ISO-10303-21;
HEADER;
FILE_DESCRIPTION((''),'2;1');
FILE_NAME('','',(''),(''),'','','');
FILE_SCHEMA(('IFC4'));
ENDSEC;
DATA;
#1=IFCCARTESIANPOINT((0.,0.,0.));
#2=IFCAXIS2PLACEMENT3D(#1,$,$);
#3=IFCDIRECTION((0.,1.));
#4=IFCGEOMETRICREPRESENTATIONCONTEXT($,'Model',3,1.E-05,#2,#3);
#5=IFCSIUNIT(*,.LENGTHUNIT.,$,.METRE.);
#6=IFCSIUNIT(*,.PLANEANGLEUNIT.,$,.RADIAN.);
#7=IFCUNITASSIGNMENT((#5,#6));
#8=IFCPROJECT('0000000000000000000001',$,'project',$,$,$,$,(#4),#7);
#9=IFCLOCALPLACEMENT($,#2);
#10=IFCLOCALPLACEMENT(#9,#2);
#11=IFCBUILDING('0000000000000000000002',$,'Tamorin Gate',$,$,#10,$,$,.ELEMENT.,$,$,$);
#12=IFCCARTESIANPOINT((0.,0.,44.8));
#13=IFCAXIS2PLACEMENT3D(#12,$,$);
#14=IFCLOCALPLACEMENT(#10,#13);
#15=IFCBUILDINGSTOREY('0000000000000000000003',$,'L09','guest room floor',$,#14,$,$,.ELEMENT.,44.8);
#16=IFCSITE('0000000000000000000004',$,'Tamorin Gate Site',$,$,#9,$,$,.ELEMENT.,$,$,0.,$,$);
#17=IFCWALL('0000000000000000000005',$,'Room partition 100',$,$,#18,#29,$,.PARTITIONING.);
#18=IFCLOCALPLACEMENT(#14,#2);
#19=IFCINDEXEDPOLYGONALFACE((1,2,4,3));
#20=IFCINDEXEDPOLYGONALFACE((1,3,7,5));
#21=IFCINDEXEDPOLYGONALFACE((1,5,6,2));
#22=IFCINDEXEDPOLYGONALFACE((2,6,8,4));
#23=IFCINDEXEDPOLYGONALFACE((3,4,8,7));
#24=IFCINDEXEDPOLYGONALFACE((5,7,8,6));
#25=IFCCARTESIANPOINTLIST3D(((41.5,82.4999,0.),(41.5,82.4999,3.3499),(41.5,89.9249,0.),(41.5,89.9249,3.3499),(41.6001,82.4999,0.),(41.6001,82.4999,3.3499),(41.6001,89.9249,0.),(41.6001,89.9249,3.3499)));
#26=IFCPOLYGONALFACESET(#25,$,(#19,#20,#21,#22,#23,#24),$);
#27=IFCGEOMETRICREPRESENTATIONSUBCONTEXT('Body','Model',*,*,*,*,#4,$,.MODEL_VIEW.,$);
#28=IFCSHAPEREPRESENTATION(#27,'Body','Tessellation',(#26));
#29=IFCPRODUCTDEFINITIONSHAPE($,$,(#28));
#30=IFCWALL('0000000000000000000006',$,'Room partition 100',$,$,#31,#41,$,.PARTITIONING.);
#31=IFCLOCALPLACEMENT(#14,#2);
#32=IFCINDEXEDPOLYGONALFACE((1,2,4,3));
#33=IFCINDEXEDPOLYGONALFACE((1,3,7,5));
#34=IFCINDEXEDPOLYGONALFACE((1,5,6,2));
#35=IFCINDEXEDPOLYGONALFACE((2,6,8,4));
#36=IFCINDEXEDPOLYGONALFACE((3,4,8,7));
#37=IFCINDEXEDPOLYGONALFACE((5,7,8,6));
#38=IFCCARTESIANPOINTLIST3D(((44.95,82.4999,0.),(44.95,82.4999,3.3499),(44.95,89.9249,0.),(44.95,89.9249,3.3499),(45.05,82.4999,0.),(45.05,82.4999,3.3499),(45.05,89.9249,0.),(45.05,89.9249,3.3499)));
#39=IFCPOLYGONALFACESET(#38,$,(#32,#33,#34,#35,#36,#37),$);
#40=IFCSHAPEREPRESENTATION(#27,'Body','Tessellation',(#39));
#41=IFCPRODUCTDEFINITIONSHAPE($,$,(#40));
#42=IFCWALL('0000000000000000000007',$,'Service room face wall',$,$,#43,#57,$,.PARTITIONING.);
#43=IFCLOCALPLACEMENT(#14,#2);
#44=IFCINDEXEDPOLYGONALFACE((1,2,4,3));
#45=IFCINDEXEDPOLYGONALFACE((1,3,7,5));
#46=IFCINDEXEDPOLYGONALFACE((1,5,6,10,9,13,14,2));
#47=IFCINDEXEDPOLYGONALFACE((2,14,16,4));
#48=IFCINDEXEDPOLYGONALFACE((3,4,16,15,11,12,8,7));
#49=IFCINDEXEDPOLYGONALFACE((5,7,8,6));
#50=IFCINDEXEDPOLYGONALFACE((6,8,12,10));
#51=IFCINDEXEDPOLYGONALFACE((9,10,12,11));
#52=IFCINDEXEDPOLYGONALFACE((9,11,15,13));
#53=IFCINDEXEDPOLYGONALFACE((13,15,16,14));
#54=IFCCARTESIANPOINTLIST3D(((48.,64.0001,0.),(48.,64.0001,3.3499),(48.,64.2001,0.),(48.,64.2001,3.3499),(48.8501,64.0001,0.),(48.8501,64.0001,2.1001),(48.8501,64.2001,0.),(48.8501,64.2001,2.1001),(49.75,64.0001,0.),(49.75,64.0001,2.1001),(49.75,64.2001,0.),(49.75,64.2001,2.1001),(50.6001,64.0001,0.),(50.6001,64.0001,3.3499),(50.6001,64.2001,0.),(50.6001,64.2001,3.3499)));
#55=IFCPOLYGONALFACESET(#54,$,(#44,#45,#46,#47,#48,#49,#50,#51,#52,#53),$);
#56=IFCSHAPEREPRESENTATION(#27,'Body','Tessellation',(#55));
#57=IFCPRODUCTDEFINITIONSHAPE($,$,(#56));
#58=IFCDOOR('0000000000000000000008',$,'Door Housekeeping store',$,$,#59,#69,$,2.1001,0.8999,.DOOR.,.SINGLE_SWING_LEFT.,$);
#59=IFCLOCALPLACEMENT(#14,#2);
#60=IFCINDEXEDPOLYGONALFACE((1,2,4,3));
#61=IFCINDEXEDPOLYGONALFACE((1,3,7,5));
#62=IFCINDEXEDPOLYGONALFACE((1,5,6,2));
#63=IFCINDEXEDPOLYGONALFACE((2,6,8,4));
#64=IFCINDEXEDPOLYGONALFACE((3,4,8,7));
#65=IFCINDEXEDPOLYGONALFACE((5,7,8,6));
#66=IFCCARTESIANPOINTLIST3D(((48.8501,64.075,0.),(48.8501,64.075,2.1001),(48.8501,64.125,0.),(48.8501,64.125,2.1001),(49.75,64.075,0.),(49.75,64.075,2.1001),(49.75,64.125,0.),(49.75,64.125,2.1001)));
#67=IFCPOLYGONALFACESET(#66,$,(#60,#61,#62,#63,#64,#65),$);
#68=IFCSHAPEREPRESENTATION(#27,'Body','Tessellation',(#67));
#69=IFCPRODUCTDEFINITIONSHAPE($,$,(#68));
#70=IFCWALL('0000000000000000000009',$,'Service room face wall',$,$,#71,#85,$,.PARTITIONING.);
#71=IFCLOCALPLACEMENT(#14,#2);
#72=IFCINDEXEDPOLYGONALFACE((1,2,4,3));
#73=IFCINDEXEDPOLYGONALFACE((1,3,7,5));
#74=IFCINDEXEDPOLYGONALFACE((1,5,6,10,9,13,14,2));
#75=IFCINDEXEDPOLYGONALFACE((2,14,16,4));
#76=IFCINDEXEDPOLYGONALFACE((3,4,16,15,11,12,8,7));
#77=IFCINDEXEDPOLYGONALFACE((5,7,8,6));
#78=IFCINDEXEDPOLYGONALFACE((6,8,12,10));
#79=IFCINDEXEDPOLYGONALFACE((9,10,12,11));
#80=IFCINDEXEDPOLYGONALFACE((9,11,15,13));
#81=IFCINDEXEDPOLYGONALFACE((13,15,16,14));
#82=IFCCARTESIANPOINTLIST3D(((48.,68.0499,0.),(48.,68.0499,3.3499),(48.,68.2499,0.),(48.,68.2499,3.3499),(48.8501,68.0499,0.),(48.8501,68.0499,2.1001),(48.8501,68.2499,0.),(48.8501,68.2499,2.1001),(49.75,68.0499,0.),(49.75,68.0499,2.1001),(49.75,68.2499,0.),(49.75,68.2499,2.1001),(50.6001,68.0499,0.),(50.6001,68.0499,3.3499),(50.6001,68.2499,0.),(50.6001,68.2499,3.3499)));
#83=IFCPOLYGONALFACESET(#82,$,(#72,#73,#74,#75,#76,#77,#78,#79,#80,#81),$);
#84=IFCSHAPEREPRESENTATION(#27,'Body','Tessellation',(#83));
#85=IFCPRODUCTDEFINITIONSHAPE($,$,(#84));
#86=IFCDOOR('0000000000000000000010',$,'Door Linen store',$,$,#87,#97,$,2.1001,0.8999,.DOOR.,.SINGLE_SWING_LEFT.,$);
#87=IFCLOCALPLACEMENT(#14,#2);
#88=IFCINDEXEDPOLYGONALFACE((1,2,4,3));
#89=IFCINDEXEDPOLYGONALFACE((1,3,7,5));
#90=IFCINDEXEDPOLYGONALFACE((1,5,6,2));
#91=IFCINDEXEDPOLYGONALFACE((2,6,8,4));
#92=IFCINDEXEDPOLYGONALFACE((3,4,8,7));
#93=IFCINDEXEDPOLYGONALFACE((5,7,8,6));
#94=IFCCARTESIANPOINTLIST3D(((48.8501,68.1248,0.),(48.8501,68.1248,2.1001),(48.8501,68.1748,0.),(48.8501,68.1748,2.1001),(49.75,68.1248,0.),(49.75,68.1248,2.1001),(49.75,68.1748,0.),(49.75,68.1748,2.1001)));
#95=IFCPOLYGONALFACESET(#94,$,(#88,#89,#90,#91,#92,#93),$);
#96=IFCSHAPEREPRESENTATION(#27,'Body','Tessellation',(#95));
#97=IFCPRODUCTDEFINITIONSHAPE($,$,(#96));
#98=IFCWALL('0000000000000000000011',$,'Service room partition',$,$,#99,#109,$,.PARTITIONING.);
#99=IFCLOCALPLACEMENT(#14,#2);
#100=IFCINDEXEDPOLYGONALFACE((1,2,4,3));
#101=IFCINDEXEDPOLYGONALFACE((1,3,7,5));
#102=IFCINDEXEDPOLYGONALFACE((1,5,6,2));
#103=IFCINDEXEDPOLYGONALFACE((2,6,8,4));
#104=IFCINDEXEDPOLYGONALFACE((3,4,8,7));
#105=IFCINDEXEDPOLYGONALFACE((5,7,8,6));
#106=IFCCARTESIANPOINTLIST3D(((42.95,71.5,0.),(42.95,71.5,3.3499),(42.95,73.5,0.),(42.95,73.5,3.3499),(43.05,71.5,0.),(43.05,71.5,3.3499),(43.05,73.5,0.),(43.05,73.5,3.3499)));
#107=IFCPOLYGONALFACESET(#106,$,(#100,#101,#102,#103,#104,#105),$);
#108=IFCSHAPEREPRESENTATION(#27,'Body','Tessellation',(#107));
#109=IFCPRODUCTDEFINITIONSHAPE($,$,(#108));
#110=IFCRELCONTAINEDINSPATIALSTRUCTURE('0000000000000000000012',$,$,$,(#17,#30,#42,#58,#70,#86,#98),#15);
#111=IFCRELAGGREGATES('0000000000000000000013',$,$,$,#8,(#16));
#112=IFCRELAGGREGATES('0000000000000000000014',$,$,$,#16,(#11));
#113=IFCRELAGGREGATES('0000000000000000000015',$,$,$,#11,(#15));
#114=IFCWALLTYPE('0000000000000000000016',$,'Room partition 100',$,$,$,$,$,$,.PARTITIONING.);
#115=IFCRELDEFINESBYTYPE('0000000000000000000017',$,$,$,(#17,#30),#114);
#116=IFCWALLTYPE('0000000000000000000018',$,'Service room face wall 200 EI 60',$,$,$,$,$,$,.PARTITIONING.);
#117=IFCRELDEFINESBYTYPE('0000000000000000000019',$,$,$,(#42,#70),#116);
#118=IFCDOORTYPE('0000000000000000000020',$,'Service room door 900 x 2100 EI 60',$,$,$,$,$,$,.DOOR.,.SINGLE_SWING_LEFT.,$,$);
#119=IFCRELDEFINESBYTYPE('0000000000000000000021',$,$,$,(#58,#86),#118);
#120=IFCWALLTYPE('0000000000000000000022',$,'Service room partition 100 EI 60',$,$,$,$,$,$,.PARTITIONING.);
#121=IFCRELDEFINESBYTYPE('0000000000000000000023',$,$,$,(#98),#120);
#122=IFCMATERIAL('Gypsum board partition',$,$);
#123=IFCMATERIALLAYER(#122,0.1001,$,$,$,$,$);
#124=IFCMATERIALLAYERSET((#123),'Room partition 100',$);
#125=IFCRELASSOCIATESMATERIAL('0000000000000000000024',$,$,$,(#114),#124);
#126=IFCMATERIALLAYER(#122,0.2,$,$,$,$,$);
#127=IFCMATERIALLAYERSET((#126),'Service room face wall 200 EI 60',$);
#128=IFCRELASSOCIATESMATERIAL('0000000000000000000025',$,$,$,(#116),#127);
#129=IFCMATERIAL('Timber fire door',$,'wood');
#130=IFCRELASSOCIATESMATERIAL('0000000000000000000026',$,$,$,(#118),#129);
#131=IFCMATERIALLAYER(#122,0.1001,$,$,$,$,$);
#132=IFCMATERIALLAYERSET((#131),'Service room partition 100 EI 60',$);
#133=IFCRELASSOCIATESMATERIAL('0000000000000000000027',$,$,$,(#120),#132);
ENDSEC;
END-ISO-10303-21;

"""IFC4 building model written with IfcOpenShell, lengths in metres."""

from ifc_helpers import new_model, si_unit, direction, frame, frame_2d, origin, place, context, subcontext, project, spatial, rectangle, extrude, material, layer, layer_set, type_object, element, fill, save


model = new_model("IFC4")

# Units and contexts
model_context = context("Model", 3, precision=1e-05, world=origin(), true_north=direction((0.0, 1.0)))
body_context = subcontext(model_context, "Body", "Model", "MODEL_VIEW")
ifc_project = project(units=[si_unit("LENGTHUNIT", "METRE"), si_unit("PLANEANGLEUNIT", "RADIAN")], contexts=[model_context])

# Site, building, storey
site_placement = place(None, origin())
site = spatial("IfcSite", under=ifc_project, at=site_placement, Name="Tamorin Gate Site", CompositionType="ELEMENT", RefElevation=0.0)
building_placement = place(site_placement, origin())
building = spatial("IfcBuilding", under=site, at=building_placement, Name="Tamorin Gate", CompositionType="ELEMENT")
storey_placement = place(building_placement, frame((0.0, 0.0, 44.8)))
storey = spatial("IfcBuildingStorey", under=building, at=storey_placement, Name="L09", Description="guest room floor", CompositionType="ELEMENT", Elevation=44.8)

# Walls
ifc_material_1 = material(Name="Gypsum board partition")
ifc_layer_1 = layer(ifc_material_1, 0.1001)
ifc_layer_set_1 = layer_set([ifc_layer_1], Name="Room partition 100")
wall_type_1 = type_object("IfcWallType", Name="Room partition 100", PredefinedType="PARTITIONING", material=ifc_layer_set_1)
for number, where, z_axis, x_axis, name in (
    (1, (41.55, 82.5, 0.0), (0.0, 0.0, 1.0), (0.0, 1.0, 0.0), "Room partition 100"),
    (2, (45.0, 82.5, 0.0), (0.0, 0.0, 1.0), (0.0, 1.0, 0.0), "Room partition 100"),
):
    element("IfcWall", number, at=place(storey_placement, frame(where, z_axis=z_axis, x_axis=x_axis)), inside=storey, type_object=wall_type_1, Name=name, PredefinedType="PARTITIONING", context=body_context, shape_type="SweptSolid", body=[
        extrude(rectangle(XDim=7.425, YDim=0.1001, at=frame_2d((3.7124, 0.0))), origin(), (0.0, 0.0, 1.0), 3.3499),
    ])

# Walls, openings, doors
ifc_layer_2 = layer(ifc_material_1, 0.2)
ifc_layer_set_2 = layer_set([ifc_layer_2], Name="Service room face wall 200 EI 60")
wall_type_2 = type_object("IfcWallType", Name="Service room face wall 200 EI 60", PredefinedType="PARTITIONING", material=ifc_layer_set_2)
wall_1_placement = place(storey_placement, frame((48.0, 64.1001, 0.0), z_axis=(0.0, 0.0, 1.0), x_axis=(1.0, 0.0, 0.0)))
wall_1 = element("IfcWall", 3, at=wall_1_placement, inside=storey, type_object=wall_type_2, Name="Service room face wall", PredefinedType="PARTITIONING", context=body_context, shape_type="SweptSolid", body=[
    extrude(rectangle(XDim=2.6001, YDim=0.2, at=frame_2d((1.3, 0.0))), origin(), (0.0, 0.0, 1.0), 3.3499),
])
opening_1_placement = place(wall_1_placement, frame((0.8501, 0.0, 0.0)))
opening_1 = element("IfcOpeningElement", 4, at=opening_1_placement, cuts=wall_1, PredefinedType="OPENING", context=body_context, shape_type="SweptSolid", body=[
    extrude(rectangle(XDim=0.8999, YDim=2.1001, at=frame_2d((0.45, 1.05))), frame((0.0, 0.1099, 0.0), z_axis=(0.0, -1.0, 0.0), x_axis=(1.0, 0.0, 0.0)), (0.0, 0.0, 1.0), 0.22),
])
ifc_material_2 = material(Name="Timber fire door", Category="wood")
door_type_1 = type_object("IfcDoorType", Name="Service room door 900 x 2100 EI 60", OperationType="SINGLE_SWING_LEFT", PredefinedType="DOOR", material=ifc_material_2)
door_1_placement = place(opening_1_placement, origin())
door_1 = element("IfcDoor", 5, at=door_1_placement, inside=storey, type_object=door_type_1, Name="Door Housekeeping store", OperationType="SINGLE_SWING_LEFT", OverallHeight=2.1001, OverallWidth=0.8999, PredefinedType="DOOR", context=body_context, shape_type="SweptSolid", body=[
    extrude(rectangle(XDim=0.8999, YDim=2.1001, at=frame_2d((0.45, 1.05))), frame((0.0, 0.0249, 0.0), z_axis=(0.0, -1.0, 0.0), x_axis=(1.0, 0.0, 0.0)), (0.0, 0.0, 1.0), 0.05),
])
fill(opening_1, door_1)
wall_2_placement = place(storey_placement, frame((48.0, 68.1499, 0.0), z_axis=(0.0, 0.0, 1.0), x_axis=(1.0, 0.0, 0.0)))
wall_2 = element("IfcWall", 6, at=wall_2_placement, inside=storey, type_object=wall_type_2, Name="Service room face wall", PredefinedType="PARTITIONING", context=body_context, shape_type="SweptSolid", body=[
    extrude(rectangle(XDim=2.6001, YDim=0.2, at=frame_2d((1.3, 0.0))), origin(), (0.0, 0.0, 1.0), 3.3499),
])
opening_2_placement = place(wall_2_placement, frame((0.8501, 0.0, 0.0)))
opening_2 = element("IfcOpeningElement", 7, at=opening_2_placement, cuts=wall_2, PredefinedType="OPENING", context=body_context, shape_type="SweptSolid", body=[
    extrude(rectangle(XDim=0.8999, YDim=2.1001, at=frame_2d((0.45, 1.05))), frame((0.0, 0.1099, 0.0), z_axis=(0.0, -1.0, 0.0), x_axis=(1.0, 0.0, 0.0)), (0.0, 0.0, 1.0), 0.22),
])
door_2_placement = place(opening_2_placement, origin())
door_2 = element("IfcDoor", 8, at=door_2_placement, inside=storey, type_object=door_type_1, Name="Door Linen store", OperationType="SINGLE_SWING_LEFT", OverallHeight=2.1001, OverallWidth=0.8999, PredefinedType="DOOR", context=body_context, shape_type="SweptSolid", body=[
    extrude(rectangle(XDim=0.8999, YDim=2.1001, at=frame_2d((0.45, 1.05))), frame((0.0, 0.0249, 0.0), z_axis=(0.0, -1.0, 0.0), x_axis=(1.0, 0.0, 0.0)), (0.0, 0.0, 1.0), 0.05),
])
fill(opening_2, door_2)

# Wall
ifc_layer_3 = layer(ifc_material_1, 0.1001)
ifc_layer_set_3 = layer_set([ifc_layer_3], Name="Service room partition 100 EI 60")
wall_type_3 = type_object("IfcWallType", Name="Service room partition 100 EI 60", PredefinedType="PARTITIONING", material=ifc_layer_set_3)
wall_3_placement = place(storey_placement, frame((43.0, 71.5, 0.0), z_axis=(0.0, 0.0, 1.0), x_axis=(0.0, 1.0, 0.0)))
element("IfcWall", 9, at=wall_3_placement, inside=storey, type_object=wall_type_3, Name="Service room partition", PredefinedType="PARTITIONING", context=body_context, shape_type="SweptSolid", body=[
    extrude(rectangle(XDim=2.0, YDim=0.1001, at=frame_2d((1.0, 0.0))), origin(), (0.0, 0.0, 1.0), 3.3499),
])

save(model, "model.ifc")
